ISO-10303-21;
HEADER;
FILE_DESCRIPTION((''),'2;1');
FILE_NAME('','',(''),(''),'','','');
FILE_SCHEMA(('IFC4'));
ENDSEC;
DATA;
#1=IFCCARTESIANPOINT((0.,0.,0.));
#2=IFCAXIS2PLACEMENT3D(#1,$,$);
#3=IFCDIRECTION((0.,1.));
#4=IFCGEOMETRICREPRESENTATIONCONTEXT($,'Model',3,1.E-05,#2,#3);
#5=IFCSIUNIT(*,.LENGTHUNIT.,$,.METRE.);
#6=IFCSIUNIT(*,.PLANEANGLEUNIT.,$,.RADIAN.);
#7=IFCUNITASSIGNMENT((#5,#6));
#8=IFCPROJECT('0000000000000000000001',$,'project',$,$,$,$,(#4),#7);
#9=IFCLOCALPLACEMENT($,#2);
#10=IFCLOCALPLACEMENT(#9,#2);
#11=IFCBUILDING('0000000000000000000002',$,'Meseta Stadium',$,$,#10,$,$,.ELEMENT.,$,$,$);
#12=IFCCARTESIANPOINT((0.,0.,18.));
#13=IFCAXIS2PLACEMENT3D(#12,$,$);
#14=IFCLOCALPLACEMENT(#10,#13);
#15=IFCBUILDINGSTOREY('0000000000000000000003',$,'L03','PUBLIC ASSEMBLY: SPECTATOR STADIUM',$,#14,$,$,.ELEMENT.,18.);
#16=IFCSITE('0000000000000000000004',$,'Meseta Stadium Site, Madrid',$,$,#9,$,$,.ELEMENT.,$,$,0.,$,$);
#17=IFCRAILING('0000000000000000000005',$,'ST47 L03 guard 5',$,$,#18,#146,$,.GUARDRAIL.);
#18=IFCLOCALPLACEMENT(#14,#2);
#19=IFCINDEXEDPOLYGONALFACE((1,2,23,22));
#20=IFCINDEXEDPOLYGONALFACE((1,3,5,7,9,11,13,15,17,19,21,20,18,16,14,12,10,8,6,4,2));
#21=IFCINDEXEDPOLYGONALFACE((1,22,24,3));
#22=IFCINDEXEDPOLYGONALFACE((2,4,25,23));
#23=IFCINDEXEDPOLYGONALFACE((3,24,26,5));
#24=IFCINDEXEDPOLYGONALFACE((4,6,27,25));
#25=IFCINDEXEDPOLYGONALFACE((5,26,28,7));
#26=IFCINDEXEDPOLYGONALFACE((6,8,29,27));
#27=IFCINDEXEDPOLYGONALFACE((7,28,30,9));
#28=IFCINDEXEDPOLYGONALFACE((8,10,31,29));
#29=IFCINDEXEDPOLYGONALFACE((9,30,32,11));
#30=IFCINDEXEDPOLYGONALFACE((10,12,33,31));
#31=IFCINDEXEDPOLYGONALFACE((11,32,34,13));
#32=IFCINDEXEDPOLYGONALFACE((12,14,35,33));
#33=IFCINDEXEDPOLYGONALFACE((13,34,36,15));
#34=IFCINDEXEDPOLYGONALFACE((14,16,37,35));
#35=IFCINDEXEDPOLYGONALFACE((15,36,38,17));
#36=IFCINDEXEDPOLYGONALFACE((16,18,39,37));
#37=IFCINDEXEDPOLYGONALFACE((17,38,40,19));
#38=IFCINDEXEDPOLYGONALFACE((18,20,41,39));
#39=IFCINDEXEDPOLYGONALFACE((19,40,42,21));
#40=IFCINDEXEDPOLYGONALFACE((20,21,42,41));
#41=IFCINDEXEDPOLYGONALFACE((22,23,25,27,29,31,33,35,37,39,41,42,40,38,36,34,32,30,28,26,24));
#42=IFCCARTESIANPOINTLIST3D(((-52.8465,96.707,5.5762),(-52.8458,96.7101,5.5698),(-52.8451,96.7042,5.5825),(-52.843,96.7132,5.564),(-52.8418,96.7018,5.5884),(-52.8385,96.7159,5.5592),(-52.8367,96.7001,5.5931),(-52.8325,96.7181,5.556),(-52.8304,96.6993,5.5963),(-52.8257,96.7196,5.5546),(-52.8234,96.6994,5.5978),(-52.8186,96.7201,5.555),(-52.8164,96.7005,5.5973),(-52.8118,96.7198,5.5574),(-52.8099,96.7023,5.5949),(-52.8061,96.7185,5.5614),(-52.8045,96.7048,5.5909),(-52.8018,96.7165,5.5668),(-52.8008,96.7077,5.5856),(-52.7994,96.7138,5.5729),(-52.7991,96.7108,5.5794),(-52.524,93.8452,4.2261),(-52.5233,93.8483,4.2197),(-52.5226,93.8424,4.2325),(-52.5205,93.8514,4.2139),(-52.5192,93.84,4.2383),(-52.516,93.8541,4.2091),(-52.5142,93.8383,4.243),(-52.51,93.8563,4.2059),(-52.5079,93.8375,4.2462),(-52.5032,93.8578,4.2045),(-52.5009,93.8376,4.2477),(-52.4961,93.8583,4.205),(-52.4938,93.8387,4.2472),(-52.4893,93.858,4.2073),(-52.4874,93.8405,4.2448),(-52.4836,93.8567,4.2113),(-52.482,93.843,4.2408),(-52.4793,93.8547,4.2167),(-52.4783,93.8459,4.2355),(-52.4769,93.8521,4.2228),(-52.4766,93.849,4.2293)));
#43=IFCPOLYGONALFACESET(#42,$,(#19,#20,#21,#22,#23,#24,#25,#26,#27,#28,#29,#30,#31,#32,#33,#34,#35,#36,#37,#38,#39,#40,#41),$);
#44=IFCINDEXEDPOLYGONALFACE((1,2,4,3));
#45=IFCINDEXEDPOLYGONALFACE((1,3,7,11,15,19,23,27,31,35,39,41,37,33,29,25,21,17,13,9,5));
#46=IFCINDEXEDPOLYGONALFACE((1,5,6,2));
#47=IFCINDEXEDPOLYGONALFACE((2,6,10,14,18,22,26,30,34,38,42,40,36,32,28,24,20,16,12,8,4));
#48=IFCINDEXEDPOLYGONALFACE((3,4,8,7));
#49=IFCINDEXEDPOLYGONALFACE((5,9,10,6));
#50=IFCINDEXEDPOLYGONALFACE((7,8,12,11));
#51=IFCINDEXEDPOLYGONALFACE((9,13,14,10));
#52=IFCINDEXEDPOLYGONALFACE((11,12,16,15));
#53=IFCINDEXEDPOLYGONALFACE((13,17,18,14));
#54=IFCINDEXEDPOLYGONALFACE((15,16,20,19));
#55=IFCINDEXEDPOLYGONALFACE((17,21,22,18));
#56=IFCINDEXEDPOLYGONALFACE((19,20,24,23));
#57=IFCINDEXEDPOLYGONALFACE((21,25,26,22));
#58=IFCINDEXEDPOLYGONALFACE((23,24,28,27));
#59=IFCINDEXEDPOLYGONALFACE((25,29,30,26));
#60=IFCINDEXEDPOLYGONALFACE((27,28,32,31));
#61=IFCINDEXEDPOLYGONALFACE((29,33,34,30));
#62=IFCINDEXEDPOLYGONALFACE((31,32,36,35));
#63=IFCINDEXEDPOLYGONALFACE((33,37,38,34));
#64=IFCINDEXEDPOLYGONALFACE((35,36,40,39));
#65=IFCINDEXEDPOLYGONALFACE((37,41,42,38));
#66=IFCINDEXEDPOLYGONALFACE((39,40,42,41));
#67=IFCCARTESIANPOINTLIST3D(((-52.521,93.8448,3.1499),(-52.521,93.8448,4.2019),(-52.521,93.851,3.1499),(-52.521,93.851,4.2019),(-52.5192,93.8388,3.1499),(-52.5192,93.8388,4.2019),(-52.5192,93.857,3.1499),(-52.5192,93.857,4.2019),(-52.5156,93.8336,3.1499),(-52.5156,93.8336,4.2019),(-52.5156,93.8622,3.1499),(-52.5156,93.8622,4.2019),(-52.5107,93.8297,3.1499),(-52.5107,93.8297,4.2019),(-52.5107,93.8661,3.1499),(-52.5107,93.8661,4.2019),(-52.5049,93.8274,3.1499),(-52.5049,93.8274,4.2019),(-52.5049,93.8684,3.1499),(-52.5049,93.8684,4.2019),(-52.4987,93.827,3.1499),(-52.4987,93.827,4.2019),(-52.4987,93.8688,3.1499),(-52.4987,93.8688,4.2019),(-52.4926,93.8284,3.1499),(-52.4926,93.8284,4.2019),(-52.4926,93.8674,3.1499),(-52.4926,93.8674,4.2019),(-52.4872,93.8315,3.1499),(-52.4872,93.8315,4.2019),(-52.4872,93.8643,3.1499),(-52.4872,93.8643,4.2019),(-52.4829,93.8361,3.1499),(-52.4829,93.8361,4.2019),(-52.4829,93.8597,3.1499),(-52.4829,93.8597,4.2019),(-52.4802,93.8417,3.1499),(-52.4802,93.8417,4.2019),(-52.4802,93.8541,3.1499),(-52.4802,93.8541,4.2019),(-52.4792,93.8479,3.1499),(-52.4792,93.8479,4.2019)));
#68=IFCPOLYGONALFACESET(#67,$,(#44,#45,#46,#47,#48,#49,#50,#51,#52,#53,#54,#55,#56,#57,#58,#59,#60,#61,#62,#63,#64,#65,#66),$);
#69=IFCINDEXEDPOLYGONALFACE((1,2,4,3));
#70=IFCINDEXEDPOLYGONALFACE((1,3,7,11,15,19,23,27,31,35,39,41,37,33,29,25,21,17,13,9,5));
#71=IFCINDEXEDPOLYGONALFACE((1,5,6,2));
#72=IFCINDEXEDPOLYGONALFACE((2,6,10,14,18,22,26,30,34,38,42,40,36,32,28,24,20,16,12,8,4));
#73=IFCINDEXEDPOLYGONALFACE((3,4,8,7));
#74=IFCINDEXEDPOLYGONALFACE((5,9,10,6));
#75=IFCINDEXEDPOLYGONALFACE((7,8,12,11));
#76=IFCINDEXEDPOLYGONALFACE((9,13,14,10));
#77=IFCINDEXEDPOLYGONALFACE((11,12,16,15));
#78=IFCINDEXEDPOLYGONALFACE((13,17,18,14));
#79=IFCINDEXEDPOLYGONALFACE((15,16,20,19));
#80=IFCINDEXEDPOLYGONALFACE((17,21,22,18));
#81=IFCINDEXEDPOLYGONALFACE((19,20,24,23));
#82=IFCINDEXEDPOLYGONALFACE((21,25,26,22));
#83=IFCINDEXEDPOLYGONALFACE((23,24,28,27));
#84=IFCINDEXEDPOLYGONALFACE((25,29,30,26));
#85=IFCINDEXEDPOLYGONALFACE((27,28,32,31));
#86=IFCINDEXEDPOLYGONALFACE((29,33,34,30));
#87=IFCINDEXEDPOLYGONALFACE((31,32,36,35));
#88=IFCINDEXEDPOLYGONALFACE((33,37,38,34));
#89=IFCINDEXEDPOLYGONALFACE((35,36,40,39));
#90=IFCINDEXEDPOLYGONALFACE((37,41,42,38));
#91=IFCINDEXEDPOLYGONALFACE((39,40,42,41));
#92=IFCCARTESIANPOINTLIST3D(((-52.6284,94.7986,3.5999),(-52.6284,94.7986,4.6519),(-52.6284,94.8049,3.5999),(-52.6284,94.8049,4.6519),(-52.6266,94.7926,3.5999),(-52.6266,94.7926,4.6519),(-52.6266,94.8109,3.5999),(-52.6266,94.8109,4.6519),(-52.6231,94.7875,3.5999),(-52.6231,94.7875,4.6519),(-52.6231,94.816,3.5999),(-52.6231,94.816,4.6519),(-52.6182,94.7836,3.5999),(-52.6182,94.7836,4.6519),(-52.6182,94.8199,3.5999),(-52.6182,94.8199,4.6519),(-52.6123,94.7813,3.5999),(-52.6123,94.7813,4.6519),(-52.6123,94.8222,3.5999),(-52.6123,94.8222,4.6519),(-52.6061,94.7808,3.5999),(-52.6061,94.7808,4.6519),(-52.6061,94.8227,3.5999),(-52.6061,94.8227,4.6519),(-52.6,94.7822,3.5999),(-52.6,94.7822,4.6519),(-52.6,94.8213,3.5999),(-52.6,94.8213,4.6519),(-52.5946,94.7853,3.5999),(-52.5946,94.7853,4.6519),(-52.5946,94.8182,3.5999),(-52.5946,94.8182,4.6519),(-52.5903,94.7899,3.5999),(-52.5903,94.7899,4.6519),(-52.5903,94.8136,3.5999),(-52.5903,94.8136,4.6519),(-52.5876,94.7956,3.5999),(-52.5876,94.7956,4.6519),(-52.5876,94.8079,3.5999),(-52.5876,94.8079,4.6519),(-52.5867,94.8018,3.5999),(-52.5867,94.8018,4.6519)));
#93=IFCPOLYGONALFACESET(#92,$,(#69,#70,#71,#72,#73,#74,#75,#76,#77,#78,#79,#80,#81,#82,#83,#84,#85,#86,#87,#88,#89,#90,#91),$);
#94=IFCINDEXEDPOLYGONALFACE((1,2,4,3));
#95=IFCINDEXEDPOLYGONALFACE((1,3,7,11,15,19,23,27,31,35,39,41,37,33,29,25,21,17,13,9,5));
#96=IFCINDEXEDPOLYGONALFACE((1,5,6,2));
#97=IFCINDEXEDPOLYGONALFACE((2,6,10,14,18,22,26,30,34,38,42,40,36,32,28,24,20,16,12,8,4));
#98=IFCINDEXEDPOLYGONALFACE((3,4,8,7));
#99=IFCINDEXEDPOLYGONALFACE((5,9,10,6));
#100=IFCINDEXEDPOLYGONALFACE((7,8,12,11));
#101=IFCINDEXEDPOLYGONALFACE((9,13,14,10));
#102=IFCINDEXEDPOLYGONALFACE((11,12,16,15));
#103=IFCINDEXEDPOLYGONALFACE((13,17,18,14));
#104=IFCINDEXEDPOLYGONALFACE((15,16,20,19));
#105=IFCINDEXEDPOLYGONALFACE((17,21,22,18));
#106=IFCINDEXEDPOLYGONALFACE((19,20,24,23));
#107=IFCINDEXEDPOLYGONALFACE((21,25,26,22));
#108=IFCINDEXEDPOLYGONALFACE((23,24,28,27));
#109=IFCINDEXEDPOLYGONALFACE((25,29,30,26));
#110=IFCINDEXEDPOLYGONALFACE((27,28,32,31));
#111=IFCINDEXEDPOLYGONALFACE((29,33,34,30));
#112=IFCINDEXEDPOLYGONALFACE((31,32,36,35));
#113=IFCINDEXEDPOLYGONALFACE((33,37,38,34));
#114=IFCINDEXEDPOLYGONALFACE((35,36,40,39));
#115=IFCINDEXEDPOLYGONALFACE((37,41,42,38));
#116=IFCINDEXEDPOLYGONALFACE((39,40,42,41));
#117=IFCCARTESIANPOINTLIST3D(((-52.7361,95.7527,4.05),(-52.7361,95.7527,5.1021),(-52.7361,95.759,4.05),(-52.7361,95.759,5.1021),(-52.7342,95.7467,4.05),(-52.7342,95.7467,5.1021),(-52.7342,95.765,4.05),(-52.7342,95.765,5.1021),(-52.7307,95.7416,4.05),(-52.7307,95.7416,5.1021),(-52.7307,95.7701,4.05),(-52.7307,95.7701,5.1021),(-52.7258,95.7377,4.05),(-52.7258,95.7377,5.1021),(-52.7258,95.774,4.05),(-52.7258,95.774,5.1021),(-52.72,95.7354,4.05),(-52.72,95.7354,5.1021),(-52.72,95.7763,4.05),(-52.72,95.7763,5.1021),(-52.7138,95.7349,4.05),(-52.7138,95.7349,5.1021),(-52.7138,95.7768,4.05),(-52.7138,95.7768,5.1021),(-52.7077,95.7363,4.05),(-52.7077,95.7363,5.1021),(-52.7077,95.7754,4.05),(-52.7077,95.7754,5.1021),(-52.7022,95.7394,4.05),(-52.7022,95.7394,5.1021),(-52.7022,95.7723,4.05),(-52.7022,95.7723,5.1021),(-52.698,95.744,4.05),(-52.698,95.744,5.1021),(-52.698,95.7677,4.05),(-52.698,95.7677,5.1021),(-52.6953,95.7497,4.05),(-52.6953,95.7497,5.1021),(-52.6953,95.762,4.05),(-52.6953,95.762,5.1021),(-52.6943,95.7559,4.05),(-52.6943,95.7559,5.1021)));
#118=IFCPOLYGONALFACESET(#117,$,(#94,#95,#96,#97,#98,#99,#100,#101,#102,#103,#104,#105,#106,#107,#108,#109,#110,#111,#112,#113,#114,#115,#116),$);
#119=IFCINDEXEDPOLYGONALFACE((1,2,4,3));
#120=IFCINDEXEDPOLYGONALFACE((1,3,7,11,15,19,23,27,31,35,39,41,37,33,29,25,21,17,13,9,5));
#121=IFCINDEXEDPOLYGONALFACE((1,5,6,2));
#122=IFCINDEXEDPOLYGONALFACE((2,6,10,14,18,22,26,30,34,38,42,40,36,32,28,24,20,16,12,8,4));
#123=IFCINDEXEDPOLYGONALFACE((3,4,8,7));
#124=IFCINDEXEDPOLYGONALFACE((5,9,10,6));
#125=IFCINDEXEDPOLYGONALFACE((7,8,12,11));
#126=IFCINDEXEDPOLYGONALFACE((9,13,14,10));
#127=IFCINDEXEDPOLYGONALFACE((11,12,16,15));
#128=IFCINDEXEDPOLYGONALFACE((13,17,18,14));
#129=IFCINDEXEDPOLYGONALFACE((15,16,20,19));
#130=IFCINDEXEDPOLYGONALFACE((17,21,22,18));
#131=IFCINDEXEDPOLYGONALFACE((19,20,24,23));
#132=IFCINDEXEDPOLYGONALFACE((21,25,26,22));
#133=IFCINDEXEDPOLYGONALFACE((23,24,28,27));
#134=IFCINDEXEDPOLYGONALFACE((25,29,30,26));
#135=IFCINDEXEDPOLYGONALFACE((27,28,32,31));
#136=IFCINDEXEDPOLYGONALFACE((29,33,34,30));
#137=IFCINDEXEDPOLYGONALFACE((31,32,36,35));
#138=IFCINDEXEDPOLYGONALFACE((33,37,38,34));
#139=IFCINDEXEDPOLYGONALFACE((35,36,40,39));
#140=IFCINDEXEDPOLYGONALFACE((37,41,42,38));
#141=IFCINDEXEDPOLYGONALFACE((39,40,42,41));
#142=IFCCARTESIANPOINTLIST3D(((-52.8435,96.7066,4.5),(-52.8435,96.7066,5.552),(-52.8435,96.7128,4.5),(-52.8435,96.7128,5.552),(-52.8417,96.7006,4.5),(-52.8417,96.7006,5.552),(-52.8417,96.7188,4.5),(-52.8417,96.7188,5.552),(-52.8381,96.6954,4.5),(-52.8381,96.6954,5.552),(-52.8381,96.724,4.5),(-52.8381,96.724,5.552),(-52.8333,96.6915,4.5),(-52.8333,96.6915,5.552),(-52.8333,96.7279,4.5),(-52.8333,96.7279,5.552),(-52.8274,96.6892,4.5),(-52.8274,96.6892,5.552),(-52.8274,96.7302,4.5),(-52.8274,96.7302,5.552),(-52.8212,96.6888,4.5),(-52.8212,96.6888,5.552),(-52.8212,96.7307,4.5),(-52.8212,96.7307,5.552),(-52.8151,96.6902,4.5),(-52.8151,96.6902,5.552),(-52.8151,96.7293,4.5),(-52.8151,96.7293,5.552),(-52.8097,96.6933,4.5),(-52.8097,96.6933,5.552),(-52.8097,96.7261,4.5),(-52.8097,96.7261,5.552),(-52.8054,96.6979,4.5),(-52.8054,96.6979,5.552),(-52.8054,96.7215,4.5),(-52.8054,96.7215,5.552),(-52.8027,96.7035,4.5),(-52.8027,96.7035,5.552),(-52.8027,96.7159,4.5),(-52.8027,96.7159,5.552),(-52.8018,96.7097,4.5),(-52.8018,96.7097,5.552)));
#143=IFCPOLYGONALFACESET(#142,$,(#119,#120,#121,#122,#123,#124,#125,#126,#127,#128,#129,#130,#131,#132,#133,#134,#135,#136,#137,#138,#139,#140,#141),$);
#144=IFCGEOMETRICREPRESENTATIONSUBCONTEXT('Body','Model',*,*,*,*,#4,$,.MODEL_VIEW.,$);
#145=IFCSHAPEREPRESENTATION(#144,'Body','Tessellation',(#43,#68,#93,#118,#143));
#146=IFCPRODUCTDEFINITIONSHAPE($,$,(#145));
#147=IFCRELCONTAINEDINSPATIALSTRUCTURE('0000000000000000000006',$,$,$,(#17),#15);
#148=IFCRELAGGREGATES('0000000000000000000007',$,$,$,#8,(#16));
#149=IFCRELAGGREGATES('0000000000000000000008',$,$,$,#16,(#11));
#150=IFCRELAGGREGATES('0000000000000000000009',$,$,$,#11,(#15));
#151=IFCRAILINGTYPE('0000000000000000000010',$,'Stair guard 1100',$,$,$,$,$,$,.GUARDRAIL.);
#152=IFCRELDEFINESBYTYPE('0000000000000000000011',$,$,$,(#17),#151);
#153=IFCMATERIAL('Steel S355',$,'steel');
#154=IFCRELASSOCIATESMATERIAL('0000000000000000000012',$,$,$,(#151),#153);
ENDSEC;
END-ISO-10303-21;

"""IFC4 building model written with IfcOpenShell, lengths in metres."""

from ifc_helpers import new_model, si_unit, direction, frame, origin, origin_2d, place, context, subcontext, project, spatial, circle, extrude, material, type_object, element, save


model = new_model("IFC4")

# Units and contexts
model_context = context("Model", 3, precision=1e-05, world=origin(), true_north=direction((0.0, 1.0)))
body_context = subcontext(model_context, "Body", "Model", "MODEL_VIEW")
ifc_project = project(units=[si_unit("LENGTHUNIT", "METRE"), si_unit("PLANEANGLEUNIT", "RADIAN")], contexts=[model_context])

# Site, building, storey
site_placement = place(None, origin())
site = spatial("IfcSite", under=ifc_project, at=site_placement, Name="Meseta Stadium Site, Madrid", CompositionType="ELEMENT", RefElevation=0.0)
building_placement = place(site_placement, origin())
building = spatial("IfcBuilding", under=site, at=building_placement, Name="Meseta Stadium", CompositionType="ELEMENT")
storey_placement = place(building_placement, frame((0.0, 0.0, 18.0)))
storey = spatial("IfcBuildingStorey", under=building, at=storey_placement, Name="L03", Description="PUBLIC ASSEMBLY: SPECTATOR STADIUM", CompositionType="ELEMENT", Elevation=18.0)

# Railing
ifc_material_1 = material(Name="Steel S355", Category="steel")
railing_type_1 = type_object("IfcRailingType", Name="Stair guard 1100", PredefinedType="GUARDRAIL", material=ifc_material_1)
railing_1_placement = place(storey_placement, frame((-52.5002, 93.8479, 3.1499)))
element("IfcRailing", 1, at=railing_1_placement, inside=storey, type_object=railing_type_1, Name="ST47 L03 guard 5", PredefinedType="GUARDRAIL", context=body_context, shape_type="SweptSolid", body=[
    extrude(circle(Radius=0.0239, at=origin_2d()), frame((0.0, 0.0, 1.0762), z_axis=(-0.101396, 0.899748, 0.424467), x_axis=(-0.99371, -0.111985, 0.0)), (0.0, 0.0, 1.0), 3.1807),
    extrude(circle(Radius=0.021, at=origin_2d()), origin(), (0.0, 0.0, 1.0), 1.052),
    extrude(circle(Radius=0.021, at=origin_2d()), frame((-0.1074, 0.9539, 0.45)), (0.0, 0.0, 1.0), 1.052),
    extrude(circle(Radius=0.021, at=origin_2d()), frame((-0.2151, 1.908, 0.9001)), (0.0, 0.0, 1.0), 1.052),
    extrude(circle(Radius=0.021, at=origin_2d()), frame((-0.3225, 2.8618, 1.3501)), (0.0, 0.0, 1.0), 1.052),
])

save(model, "model.ifc")
